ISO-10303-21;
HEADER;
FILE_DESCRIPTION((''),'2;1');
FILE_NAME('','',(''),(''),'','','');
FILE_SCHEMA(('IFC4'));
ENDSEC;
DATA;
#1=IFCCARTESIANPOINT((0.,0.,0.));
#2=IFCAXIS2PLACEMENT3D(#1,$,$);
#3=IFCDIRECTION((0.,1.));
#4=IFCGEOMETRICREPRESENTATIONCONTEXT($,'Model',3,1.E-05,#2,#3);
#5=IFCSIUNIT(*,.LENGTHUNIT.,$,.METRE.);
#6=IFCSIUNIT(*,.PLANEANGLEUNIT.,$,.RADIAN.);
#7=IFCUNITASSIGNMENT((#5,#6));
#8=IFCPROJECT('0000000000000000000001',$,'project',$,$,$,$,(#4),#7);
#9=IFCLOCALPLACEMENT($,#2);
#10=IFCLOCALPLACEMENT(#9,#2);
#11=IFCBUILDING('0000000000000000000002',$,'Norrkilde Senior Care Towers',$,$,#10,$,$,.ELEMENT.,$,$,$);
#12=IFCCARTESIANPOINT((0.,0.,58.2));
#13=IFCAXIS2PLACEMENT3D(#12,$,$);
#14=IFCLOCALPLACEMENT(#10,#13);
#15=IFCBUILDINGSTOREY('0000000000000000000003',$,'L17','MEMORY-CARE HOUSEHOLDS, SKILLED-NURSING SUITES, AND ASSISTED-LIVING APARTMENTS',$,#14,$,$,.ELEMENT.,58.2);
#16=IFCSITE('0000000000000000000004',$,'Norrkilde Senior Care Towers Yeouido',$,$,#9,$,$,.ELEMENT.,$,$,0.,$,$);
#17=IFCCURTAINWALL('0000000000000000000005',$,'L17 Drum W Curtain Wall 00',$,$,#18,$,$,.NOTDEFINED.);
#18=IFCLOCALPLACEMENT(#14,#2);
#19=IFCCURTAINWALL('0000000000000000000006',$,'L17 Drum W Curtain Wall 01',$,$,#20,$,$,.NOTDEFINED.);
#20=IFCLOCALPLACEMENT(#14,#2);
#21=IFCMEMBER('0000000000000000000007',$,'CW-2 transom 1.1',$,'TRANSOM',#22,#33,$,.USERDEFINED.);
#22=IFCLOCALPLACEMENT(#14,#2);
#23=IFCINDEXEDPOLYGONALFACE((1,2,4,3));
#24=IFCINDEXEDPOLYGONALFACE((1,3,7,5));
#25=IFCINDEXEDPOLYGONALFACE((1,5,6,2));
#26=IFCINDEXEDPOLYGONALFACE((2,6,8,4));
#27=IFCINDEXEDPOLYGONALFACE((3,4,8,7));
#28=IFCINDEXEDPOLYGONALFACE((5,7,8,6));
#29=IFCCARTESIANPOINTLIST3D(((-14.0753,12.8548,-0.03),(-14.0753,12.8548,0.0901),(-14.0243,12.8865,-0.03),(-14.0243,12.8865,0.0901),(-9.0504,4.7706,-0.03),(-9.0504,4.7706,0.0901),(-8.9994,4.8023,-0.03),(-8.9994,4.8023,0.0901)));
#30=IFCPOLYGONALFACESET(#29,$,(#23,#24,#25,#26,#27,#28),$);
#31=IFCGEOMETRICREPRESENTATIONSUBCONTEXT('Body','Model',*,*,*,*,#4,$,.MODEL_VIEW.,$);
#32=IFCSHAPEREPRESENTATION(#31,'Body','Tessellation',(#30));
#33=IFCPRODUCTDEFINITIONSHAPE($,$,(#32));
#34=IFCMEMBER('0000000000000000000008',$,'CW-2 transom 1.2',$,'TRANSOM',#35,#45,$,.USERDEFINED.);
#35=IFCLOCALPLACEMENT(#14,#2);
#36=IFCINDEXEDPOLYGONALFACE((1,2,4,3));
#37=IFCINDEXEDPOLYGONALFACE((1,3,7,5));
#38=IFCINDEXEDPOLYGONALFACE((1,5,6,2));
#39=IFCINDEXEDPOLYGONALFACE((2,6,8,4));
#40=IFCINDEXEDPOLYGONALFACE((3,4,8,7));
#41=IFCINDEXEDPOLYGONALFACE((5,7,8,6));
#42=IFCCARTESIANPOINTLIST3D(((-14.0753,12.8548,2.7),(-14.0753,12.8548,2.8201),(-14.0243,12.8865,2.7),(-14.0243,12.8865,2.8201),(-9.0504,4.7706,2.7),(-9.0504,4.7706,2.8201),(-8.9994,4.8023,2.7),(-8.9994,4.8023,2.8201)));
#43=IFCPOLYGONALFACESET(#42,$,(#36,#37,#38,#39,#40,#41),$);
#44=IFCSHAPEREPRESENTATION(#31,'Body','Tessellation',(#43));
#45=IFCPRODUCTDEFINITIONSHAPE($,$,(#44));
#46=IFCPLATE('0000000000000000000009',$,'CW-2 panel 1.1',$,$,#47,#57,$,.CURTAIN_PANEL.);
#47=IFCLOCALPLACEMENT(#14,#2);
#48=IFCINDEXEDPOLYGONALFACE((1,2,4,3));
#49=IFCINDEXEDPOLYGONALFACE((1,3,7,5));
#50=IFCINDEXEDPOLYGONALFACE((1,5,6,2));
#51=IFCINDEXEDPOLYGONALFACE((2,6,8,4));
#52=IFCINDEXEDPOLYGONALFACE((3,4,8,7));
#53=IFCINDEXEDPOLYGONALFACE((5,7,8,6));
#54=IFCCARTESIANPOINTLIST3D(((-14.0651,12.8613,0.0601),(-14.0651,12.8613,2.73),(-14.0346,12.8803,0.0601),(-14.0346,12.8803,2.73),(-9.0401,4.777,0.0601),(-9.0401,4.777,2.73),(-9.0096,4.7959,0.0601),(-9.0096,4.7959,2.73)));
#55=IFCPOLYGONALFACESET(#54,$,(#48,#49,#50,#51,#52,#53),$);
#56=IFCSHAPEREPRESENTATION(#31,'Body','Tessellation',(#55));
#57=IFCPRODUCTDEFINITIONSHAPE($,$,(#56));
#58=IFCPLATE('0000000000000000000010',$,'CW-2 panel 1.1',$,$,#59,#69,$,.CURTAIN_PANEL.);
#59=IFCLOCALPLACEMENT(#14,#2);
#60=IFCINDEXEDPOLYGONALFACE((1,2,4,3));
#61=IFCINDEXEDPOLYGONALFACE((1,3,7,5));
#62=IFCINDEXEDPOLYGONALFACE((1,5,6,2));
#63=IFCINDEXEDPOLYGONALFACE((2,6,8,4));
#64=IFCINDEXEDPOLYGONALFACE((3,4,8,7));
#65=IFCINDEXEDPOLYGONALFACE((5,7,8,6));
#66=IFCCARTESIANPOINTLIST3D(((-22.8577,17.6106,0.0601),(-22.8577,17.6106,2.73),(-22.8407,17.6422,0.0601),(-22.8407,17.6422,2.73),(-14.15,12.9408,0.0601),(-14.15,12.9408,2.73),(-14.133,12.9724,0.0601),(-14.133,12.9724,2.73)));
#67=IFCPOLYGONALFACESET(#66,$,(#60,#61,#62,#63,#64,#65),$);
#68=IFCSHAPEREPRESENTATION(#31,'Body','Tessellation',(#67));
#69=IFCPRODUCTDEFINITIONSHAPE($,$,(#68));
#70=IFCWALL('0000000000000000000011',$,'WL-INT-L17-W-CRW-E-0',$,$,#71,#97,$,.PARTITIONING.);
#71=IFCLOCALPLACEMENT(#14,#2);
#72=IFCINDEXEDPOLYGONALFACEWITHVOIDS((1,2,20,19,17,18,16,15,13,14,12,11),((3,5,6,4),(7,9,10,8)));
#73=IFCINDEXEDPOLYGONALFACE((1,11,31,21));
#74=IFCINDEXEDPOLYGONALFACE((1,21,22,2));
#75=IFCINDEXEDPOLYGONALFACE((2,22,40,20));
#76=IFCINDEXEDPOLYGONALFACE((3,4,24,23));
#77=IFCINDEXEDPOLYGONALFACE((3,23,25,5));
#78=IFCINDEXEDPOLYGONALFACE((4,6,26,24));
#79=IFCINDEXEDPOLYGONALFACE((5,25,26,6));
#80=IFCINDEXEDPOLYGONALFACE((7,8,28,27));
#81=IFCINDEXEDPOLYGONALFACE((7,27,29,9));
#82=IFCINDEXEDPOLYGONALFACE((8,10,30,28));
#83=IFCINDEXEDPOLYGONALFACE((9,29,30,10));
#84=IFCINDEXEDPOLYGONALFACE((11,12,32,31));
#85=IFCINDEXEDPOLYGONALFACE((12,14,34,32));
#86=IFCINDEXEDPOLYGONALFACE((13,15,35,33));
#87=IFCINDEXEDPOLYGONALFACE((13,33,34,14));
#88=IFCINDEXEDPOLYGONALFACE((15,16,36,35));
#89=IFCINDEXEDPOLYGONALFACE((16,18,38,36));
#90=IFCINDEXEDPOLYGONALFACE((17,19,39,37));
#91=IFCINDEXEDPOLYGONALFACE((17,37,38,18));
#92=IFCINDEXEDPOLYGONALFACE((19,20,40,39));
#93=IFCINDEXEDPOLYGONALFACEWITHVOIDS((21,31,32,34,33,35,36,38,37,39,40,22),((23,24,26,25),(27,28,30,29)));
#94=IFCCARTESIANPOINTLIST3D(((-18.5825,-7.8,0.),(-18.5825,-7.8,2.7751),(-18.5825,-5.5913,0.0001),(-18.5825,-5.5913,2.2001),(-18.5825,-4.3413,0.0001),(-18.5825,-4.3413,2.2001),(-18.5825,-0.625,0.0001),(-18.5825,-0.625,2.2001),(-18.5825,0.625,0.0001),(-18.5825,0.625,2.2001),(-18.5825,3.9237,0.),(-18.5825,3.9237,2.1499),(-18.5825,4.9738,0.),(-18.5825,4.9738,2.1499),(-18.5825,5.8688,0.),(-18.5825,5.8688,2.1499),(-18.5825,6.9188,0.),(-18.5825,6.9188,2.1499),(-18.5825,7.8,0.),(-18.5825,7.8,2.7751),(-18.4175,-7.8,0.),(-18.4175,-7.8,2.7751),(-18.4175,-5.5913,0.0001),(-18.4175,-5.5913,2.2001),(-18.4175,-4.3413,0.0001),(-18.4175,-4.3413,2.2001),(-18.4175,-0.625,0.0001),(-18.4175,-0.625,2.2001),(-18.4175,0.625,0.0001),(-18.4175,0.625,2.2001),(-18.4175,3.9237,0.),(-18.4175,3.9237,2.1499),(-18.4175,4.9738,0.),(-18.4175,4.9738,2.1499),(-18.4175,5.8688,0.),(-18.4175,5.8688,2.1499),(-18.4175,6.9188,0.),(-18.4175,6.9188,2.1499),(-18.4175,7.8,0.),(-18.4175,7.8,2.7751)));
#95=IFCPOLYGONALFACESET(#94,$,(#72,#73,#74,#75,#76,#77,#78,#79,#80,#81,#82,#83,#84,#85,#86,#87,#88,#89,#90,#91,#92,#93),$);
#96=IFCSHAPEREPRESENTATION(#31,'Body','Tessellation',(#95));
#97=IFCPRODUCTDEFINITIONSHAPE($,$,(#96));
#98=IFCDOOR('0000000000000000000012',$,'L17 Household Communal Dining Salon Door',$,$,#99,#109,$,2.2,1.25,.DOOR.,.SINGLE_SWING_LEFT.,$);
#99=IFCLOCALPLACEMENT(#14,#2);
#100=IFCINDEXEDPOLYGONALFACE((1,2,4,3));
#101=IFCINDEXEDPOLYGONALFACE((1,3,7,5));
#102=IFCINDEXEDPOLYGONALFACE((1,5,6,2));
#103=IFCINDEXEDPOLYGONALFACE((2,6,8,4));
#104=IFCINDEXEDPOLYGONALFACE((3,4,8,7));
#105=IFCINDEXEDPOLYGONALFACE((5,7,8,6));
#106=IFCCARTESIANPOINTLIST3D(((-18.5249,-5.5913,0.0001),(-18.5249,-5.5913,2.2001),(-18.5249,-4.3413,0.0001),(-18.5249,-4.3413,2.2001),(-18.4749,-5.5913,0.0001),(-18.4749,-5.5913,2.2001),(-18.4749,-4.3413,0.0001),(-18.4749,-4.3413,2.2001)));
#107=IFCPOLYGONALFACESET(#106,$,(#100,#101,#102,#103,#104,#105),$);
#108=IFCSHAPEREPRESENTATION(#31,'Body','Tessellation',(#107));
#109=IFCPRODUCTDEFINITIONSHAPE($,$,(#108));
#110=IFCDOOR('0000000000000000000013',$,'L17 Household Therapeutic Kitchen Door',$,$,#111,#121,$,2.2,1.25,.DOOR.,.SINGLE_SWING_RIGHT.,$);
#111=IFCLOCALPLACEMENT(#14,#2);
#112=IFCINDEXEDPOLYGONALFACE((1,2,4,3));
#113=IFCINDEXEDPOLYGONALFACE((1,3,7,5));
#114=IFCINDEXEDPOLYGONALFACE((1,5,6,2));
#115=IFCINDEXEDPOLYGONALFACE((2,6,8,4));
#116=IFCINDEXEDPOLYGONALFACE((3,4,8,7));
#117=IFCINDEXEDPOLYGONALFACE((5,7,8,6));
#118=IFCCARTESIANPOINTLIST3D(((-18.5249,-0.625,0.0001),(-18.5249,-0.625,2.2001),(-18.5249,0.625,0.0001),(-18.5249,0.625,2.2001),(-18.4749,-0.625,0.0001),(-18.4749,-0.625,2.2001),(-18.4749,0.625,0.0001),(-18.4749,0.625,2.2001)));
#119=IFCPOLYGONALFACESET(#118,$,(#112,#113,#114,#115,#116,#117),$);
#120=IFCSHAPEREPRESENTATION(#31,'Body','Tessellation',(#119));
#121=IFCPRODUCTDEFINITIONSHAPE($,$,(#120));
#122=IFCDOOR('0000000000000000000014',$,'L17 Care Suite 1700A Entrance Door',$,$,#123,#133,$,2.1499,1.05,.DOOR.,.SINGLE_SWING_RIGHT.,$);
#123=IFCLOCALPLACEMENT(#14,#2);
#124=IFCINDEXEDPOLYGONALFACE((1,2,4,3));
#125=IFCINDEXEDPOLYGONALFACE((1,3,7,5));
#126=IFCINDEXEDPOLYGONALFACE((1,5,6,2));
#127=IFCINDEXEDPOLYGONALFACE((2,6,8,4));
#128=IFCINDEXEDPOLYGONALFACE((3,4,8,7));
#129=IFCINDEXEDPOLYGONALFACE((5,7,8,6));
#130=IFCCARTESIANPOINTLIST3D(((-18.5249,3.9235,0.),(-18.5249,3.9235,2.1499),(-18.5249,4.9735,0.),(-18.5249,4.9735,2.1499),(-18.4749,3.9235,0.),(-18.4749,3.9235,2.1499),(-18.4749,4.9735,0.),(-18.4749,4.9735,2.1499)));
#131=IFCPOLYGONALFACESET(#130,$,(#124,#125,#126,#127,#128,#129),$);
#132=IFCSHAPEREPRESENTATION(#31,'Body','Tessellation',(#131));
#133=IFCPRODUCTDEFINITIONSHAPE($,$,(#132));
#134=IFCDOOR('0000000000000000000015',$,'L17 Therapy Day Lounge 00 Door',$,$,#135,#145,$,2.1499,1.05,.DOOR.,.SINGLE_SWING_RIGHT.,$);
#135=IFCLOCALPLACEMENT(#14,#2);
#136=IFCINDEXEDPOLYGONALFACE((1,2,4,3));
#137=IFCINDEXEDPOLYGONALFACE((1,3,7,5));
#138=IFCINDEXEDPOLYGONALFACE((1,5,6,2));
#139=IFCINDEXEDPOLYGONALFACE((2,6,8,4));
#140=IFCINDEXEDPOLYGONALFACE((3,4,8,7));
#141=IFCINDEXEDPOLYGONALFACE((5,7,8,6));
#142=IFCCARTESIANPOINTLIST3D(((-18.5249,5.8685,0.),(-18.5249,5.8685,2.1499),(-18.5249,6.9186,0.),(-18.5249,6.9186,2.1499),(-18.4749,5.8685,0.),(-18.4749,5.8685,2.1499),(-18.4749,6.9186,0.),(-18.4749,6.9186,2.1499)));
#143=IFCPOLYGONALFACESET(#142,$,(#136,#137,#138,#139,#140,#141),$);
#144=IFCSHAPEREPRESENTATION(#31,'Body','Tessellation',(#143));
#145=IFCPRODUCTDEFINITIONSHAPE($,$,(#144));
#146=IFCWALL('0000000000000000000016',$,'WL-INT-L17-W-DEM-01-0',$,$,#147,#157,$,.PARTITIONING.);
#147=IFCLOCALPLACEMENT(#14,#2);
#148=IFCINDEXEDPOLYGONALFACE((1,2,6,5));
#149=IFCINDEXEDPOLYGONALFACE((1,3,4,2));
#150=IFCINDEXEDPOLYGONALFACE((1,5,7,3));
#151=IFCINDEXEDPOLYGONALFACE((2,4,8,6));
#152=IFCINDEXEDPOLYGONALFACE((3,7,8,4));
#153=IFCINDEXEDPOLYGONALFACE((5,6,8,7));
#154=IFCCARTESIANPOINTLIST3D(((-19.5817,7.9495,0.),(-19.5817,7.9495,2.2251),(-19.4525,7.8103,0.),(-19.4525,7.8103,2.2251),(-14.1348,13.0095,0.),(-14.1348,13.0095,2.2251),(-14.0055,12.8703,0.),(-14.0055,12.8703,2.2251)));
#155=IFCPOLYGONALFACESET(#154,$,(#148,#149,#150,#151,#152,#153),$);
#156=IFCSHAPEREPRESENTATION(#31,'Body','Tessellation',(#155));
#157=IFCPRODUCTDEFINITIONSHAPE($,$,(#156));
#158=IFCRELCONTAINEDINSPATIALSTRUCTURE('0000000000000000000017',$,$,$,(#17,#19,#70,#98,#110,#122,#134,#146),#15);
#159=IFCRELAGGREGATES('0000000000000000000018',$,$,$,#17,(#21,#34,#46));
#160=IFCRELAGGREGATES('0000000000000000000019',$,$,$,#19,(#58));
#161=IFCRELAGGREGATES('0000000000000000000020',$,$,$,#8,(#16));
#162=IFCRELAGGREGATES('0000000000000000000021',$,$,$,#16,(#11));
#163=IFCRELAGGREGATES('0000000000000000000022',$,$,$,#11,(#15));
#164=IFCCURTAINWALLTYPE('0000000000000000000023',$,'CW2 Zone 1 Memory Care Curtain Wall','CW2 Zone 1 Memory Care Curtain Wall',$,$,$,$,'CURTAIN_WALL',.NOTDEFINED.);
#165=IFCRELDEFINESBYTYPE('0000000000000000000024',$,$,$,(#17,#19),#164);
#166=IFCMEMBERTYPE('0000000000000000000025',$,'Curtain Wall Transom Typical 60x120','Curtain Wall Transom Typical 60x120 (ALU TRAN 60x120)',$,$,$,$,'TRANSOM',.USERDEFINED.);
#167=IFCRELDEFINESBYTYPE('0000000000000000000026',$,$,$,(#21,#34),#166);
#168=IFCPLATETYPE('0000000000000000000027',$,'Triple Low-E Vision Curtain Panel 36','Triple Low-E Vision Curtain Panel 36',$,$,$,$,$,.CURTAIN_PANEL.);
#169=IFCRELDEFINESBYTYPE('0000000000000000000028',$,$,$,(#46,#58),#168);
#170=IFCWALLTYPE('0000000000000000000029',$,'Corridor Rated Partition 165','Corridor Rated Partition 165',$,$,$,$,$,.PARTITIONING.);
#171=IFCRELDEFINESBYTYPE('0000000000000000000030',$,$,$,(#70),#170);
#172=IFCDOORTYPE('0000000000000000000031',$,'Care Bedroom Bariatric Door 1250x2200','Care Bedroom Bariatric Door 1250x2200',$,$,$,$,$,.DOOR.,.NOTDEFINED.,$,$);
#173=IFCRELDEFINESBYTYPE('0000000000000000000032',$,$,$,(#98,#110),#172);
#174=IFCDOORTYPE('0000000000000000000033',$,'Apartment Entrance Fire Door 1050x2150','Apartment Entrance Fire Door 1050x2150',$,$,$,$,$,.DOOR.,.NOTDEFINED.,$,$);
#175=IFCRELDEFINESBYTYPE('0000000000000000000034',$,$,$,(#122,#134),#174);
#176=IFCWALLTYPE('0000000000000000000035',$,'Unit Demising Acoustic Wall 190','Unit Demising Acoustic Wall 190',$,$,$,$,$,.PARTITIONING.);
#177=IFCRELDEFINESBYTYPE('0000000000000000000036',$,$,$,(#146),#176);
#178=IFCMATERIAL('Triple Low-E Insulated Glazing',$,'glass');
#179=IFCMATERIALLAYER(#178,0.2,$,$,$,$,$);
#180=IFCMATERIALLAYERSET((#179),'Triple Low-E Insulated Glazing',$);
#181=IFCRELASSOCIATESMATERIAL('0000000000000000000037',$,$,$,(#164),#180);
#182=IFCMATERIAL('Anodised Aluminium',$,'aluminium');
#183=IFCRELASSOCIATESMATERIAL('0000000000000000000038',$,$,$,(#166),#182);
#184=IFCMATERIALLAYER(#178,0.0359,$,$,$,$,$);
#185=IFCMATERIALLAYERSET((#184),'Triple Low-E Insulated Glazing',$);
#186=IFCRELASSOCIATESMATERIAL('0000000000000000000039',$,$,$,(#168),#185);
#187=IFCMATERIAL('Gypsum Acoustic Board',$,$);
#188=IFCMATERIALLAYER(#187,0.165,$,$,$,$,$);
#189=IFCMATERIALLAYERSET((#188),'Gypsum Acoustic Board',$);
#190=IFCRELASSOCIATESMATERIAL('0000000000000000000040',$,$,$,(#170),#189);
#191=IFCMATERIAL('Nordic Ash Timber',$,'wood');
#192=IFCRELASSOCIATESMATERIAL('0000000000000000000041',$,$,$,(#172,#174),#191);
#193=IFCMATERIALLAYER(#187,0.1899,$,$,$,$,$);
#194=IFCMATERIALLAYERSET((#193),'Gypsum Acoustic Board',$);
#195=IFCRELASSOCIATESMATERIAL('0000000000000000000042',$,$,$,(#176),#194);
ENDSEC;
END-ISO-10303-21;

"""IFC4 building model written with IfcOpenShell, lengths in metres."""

from ifc_helpers import new_model, si_unit, direction, frame, frame_2d, origin, origin_2d, place, context, subcontext, project, spatial, rectangle, extrude, source, transform, mapped, material, layer, layer_set, material_profile, profile_set, type_object, type_shapes, element, fill, aggregate, save


model = new_model("IFC4")

# Units and contexts
model_context = context("Model", 3, precision=1e-05, world=origin(), true_north=direction((0.0, 1.0)))
body_context = subcontext(model_context, "Body", "Model", "MODEL_VIEW")
ifc_project = project(units=[si_unit("LENGTHUNIT", "METRE"), si_unit("PLANEANGLEUNIT", "RADIAN")], contexts=[model_context])

# Site, building, storey
site_placement = place(None, origin())
site = spatial("IfcSite", under=ifc_project, at=site_placement, Name="Norrkilde Senior Care Towers Yeouido", CompositionType="ELEMENT", RefElevation=0.0)
building_placement = place(site_placement, origin())
building = spatial("IfcBuilding", under=site, at=building_placement, Name="Norrkilde Senior Care Towers", CompositionType="ELEMENT")
storey_placement = place(building_placement, frame((0.0, 0.0, 58.2)))
storey = spatial("IfcBuildingStorey", under=building, at=storey_placement, Name="L17", Description="MEMORY-CARE HOUSEHOLDS, SKILLED-NURSING SUITES, AND ASSISTED-LIVING APARTMENTS", CompositionType="ELEMENT", Elevation=58.2)

# Curtain walls
ifc_material_1 = material(Name="Triple Low-E Insulated Glazing", Category="glass")
ifc_layer_1 = layer(ifc_material_1, 0.2)
ifc_layer_set_1 = layer_set([ifc_layer_1], Name="Triple Low-E Insulated Glazing")
curtain_wall_type = type_object("IfcCurtainWallType", Name="CW2 Zone 1 Memory Care Curtain Wall", Description="CW2 Zone 1 Memory Care Curtain Wall", ElementType="CURTAIN_WALL", PredefinedType="NOTDEFINED", material=ifc_layer_set_1)
curtain_wall_1_placement = place(storey_placement, origin())
curtain_wall_1 = element("IfcCurtainWall", 1, at=curtain_wall_1_placement, inside=storey, type_object=curtain_wall_type, Name="L17 Drum W Curtain Wall 00", PredefinedType="NOTDEFINED")
ifc_material_2 = material(Name="Anodised Aluminium", Category="aluminium")
curtain_wall_2_placement = place(storey_placement, origin())
curtain_wall_2 = element("IfcCurtainWall", 2, at=curtain_wall_2_placement, inside=storey, type_object=curtain_wall_type, Name="L17 Drum W Curtain Wall 01", PredefinedType="NOTDEFINED")

# Members
ifc_material_profile_1 = material_profile(ifc_material_2, rectangle(XDim=0.0601, YDim=0.1201, at=origin_2d()), Name="ALU TRAN 60x120")
ifc_profile_set_1 = profile_set([ifc_material_profile_1], Name="Anodised Aluminium")
member_type_1 = type_object("IfcMemberType", Name="Curtain Wall Transom Typical 60x120", Description="Curtain Wall Transom Typical 60x120 (ALU TRAN 60x120)", ElementType="TRANSOM", PredefinedType="USERDEFINED", material=ifc_profile_set_1)
shared_shape_1 = source(origin(), body_context, "Body", "SweptSolid", [
    extrude(rectangle(XDim=0.0601, YDim=0.1201, at=origin_2d()), origin(), (0.0, 0.0, 1.0), 9.5186),
])
type_shapes(member_type_1, [shared_shape_1])
member_1_placement = place(storey_placement, frame((-14.0498, 12.8706, 0.03), z_axis=(0.527902, -0.849306, 0.0), x_axis=(0.849306, 0.527902, 0.0)))
member_1 = element("IfcMember", 3, at=member_1_placement, type_object=member_type_1, Name="CW-2 transom 1.1", ObjectType="TRANSOM", PredefinedType="USERDEFINED", context=body_context, shape_type="MappedRepresentation", body=[
    mapped(shared_shape_1, transform((0.0, 0.0, 0.0), x_axis=(1.0, 0.0, 0.0), y_axis=(0.0, 1.0, 0.0), z_axis=(0.0, 0.0, 1.0), scale=1.0)),
])
member_2_placement = place(storey_placement, frame((-14.0498, 12.8706, 2.76), z_axis=(0.527902, -0.849306, 0.0), x_axis=(0.849306, 0.527902, 0.0)))
member_2 = element("IfcMember", 4, at=member_2_placement, type_object=member_type_1, Name="CW-2 transom 1.2", ObjectType="TRANSOM", PredefinedType="USERDEFINED", context=body_context, shape_type="MappedRepresentation", body=[
    mapped(shared_shape_1, transform((0.0, 0.0, 0.0), x_axis=(1.0, 0.0, 0.0), y_axis=(0.0, 1.0, 0.0), z_axis=(0.0, 0.0, 1.0), scale=1.0)),
])

# Plates
ifc_layer_2 = layer(ifc_material_1, 0.0359)
ifc_layer_set_2 = layer_set([ifc_layer_2], Name="Triple Low-E Insulated Glazing")
plate_type = type_object("IfcPlateType", Name="Triple Low-E Vision Curtain Panel 36", Description="Triple Low-E Vision Curtain Panel 36", PredefinedType="CURTAIN_PANEL", material=ifc_layer_set_2)
shared_shape_2 = source(origin(), body_context, "Body", "SweptSolid", [
    extrude(rectangle(XDim=9.5188, YDim=0.0359, at=origin_2d()), origin(), (0.0, 0.0, 1.0), 2.6699),
])
plate_1_placement = place(storey_placement, frame((-11.5374, 8.8286, 0.0601), z_axis=(0.0, 0.0, 1.0), x_axis=(0.527901, -0.849306, 0.0)))
plate_1 = element("IfcPlate", 5, at=plate_1_placement, type_object=plate_type, Name="CW-2 panel 1.1", PredefinedType="CURTAIN_PANEL", context=body_context, shape_type="MappedRepresentation", body=[
    mapped(shared_shape_2, transform((0.0, 0.0, 0.0), x_axis=(1.0, 0.0, 0.0), y_axis=(0.0, 1.0, 0.0), z_axis=(0.0, 0.0, 1.0), scale=1.0)),
])
aggregate(curtain_wall_1, [member_1, member_2, plate_1])
shared_shape_3 = source(origin(), body_context, "Body", "SweptSolid", [
    extrude(rectangle(XDim=9.8809, YDim=0.0359, at=origin_2d()), origin(), (0.0, 0.0, 1.0), 2.6699),
])
type_shapes(plate_type, [shared_shape_2, shared_shape_3])
plate_2_placement = place(storey_placement, frame((-18.4954, 15.2915, 0.0601), z_axis=(0.0, 0.0, 1.0), x_axis=(0.881273, -0.472608, 0.0)))
plate_2 = element("IfcPlate", 6, at=plate_2_placement, type_object=plate_type, Name="CW-2 panel 1.1", PredefinedType="CURTAIN_PANEL", context=body_context, shape_type="MappedRepresentation", body=[
    mapped(shared_shape_3, transform((0.0, 0.0, 0.0), x_axis=(1.0, 0.0, 0.0), y_axis=(0.0, 1.0, 0.0), z_axis=(0.0, 0.0, 1.0), scale=1.0)),
])
aggregate(curtain_wall_2, [plate_2])

# Wall, openings, doors
ifc_material_3 = material(Name="Gypsum Acoustic Board")
ifc_layer_3 = layer(ifc_material_3, 0.165)
ifc_layer_set_3 = layer_set([ifc_layer_3], Name="Gypsum Acoustic Board")
wall_type_1 = type_object("IfcWallType", Name="Corridor Rated Partition 165", Description="Corridor Rated Partition 165", PredefinedType="PARTITIONING", material=ifc_layer_set_3)
shared_shape_4 = source(origin(), body_context, "Body", "SweptSolid", [
    extrude(rectangle(XDim=15.6001, YDim=0.165, at=frame_2d((7.8, 0.0))), origin(), (0.0, 0.0, 1.0), 2.7751),
])
type_shapes(wall_type_1, [shared_shape_4])
wall_1_placement = place(storey_placement, frame((-18.5, 7.8, 0.0), z_axis=(0.0, 0.0, 1.0), x_axis=(0.0, -1.0, 0.0)))
wall_1 = element("IfcWall", 7, at=wall_1_placement, inside=storey, type_object=wall_type_1, Name="WL-INT-L17-W-CRW-E-0", PredefinedType="PARTITIONING", context=body_context, shape_type="MappedRepresentation", body=[
    mapped(shared_shape_4, transform((0.0, 0.0, 0.0), x_axis=(1.0, 0.0, 0.0), y_axis=(0.0, 1.0, 0.0), z_axis=(0.0, 0.0, 1.0), scale=1.0)),
])
opening_1_placement = place(wall_1_placement, frame((12.1414, 0.0, 0.0)))
opening_1 = element("IfcOpeningElement", 8, at=opening_1_placement, cuts=wall_1, PredefinedType="OPENING", context=body_context, shape_type="SweptSolid", body=[
    extrude(rectangle(XDim=1.25, YDim=2.2, at=frame_2d((0.625, 1.1001))), frame((0.0, 0.0925, 0.0), z_axis=(0.0, -1.0, 0.0), x_axis=(1.0, 0.0, 0.0)), (0.0, 0.0, 1.0), 0.1851),
])
opening_2_placement = place(wall_1_placement, frame((7.175, 0.0, 0.0)))
opening_2 = element("IfcOpeningElement", 9, at=opening_2_placement, cuts=wall_1, PredefinedType="OPENING", context=body_context, shape_type="SweptSolid", body=[
    extrude(rectangle(XDim=1.25, YDim=2.2, at=frame_2d((0.625, 1.1001))), frame((0.0, 0.0925, 0.0), z_axis=(0.0, -1.0, 0.0), x_axis=(1.0, 0.0, 0.0)), (0.0, 0.0, 1.0), 0.1851),
])
opening_3_placement = place(wall_1_placement, frame((2.8264, 0.0, 0.0)))
opening_3 = element("IfcOpeningElement", 10, at=opening_3_placement, cuts=wall_1, PredefinedType="OPENING", context=body_context, shape_type="SweptSolid", body=[
    extrude(rectangle(XDim=1.05, YDim=2.1499, at=frame_2d((0.5249, 1.075))), frame((0.0, 0.0925, 0.0), z_axis=(0.0, -1.0, 0.0), x_axis=(1.0, 0.0, 0.0)), (0.0, 0.0, 1.0), 0.1851),
])
opening_4_placement = place(wall_1_placement, frame((0.8813, 0.0, 0.0)))
opening_4 = element("IfcOpeningElement", 11, at=opening_4_placement, cuts=wall_1, PredefinedType="OPENING", context=body_context, shape_type="SweptSolid", body=[
    extrude(rectangle(XDim=1.05, YDim=2.1499, at=frame_2d((0.5249, 1.075))), frame((0.0, 0.0925, 0.0), z_axis=(0.0, -1.0, 0.0), x_axis=(1.0, 0.0, 0.0)), (0.0, 0.0, 1.0), 0.1851),
])
ifc_material_4 = material(Name="Nordic Ash Timber", Category="wood")
door_type_1 = type_object("IfcDoorType", Name="Care Bedroom Bariatric Door 1250x2200", Description="Care Bedroom Bariatric Door 1250x2200", OperationType="NOTDEFINED", PredefinedType="DOOR", material=ifc_material_4)
shared_shape_5 = source(origin(), body_context, "Body", "SweptSolid", [
    extrude(rectangle(XDim=1.25, YDim=2.2, at=frame_2d((0.625, 1.1001))), frame((0.0, 0.0249, 0.0), z_axis=(0.0, -1.0, 0.0), x_axis=(1.0, 0.0, 0.0)), (0.0, 0.0, 1.0), 0.05),
])
type_shapes(door_type_1, [shared_shape_5])
door_1_placement = place(opening_1_placement, frame((1.25, 0.0, 0.0), z_axis=(0.0, 0.0, 1.0), x_axis=(-1.0, 0.0, 0.0)))
door_1 = element("IfcDoor", 12, at=door_1_placement, inside=storey, type_object=door_type_1, Name="L17 Household Communal Dining Salon Door", OperationType="SINGLE_SWING_LEFT", OverallHeight=2.2, OverallWidth=1.25, PredefinedType="DOOR", context=body_context, shape_type="MappedRepresentation", body=[
    mapped(shared_shape_5, transform((0.0, 0.0, 0.0), x_axis=(1.0, 0.0, 0.0), y_axis=(0.0, 1.0, 0.0), z_axis=(0.0, 0.0, 1.0), scale=1.0)),
])
fill(opening_1, door_1)
door_2_placement = place(opening_2_placement, frame((1.25, 0.0, 0.0), z_axis=(0.0, 0.0, 1.0), x_axis=(-1.0, 0.0, 0.0)))
door_2 = element("IfcDoor", 13, at=door_2_placement, inside=storey, type_object=door_type_1, Name="L17 Household Therapeutic Kitchen Door", OperationType="SINGLE_SWING_RIGHT", OverallHeight=2.2, OverallWidth=1.25, PredefinedType="DOOR", context=body_context, shape_type="MappedRepresentation", body=[
    mapped(shared_shape_5, transform((0.0, 0.0, 0.0), x_axis=(1.0, 0.0, 0.0), y_axis=(0.0, 1.0, 0.0), z_axis=(0.0, 0.0, 1.0), scale=1.0)),
])
fill(opening_2, door_2)
door_type_2 = type_object("IfcDoorType", Name="Apartment Entrance Fire Door 1050x2150", Description="Apartment Entrance Fire Door 1050x2150", OperationType="NOTDEFINED", PredefinedType="DOOR", material=ifc_material_4)
shared_shape_6 = source(origin(), body_context, "Body", "SweptSolid", [
    extrude(rectangle(XDim=1.05, YDim=2.1499, at=frame_2d((0.5249, 1.075))), frame((0.0, 0.0249, 0.0), z_axis=(0.0, -1.0, 0.0), x_axis=(1.0, 0.0, 0.0)), (0.0, 0.0, 1.0), 0.05),
])
type_shapes(door_type_2, [shared_shape_6])
door_3_placement = place(opening_3_placement, frame((1.05, 0.0, 0.0), z_axis=(0.0, 0.0, 1.0), x_axis=(-1.0, 0.0, 0.0)))
door_3 = element("IfcDoor", 14, at=door_3_placement, inside=storey, type_object=door_type_2, Name="L17 Care Suite 1700A Entrance Door", OperationType="SINGLE_SWING_RIGHT", OverallHeight=2.1499, OverallWidth=1.05, PredefinedType="DOOR", context=body_context, shape_type="MappedRepresentation", body=[
    mapped(shared_shape_6, transform((0.0, 0.0, 0.0), x_axis=(1.0, 0.0, 0.0), y_axis=(0.0, 1.0, 0.0), z_axis=(0.0, 0.0, 1.0), scale=1.0)),
])
fill(opening_3, door_3)
door_4_placement = place(opening_4_placement, frame((1.05, 0.0, 0.0), z_axis=(0.0, 0.0, 1.0), x_axis=(-1.0, 0.0, 0.0)))
door_4 = element("IfcDoor", 15, at=door_4_placement, inside=storey, type_object=door_type_2, Name="L17 Therapy Day Lounge 00 Door", OperationType="SINGLE_SWING_RIGHT", OverallHeight=2.1499, OverallWidth=1.05, PredefinedType="DOOR", context=body_context, shape_type="MappedRepresentation", body=[
    mapped(shared_shape_6, transform((0.0, 0.0, 0.0), x_axis=(1.0, 0.0, 0.0), y_axis=(0.0, 1.0, 0.0), z_axis=(0.0, 0.0, 1.0), scale=1.0)),
])
fill(opening_4, door_4)

# Wall
ifc_layer_4 = layer(ifc_material_3, 0.1899)
ifc_layer_set_4 = layer_set([ifc_layer_4], Name="Gypsum Acoustic Board")
wall_type_2 = type_object("IfcWallType", Name="Unit Demising Acoustic Wall 190", Description="Unit Demising Acoustic Wall 190", PredefinedType="PARTITIONING", material=ifc_layer_set_4)
shared_shape_7 = source(origin(), body_context, "Body", "SweptSolid", [
    extrude(rectangle(XDim=7.4346, YDim=0.1899, at=frame_2d((3.7173, 0.0))), origin(), (0.0, 0.0, 1.0), 2.2251),
])
type_shapes(wall_type_2, [shared_shape_7])
wall_2_placement = place(storey_placement, frame((-19.5171, 7.8799, 0.0), z_axis=(0.0, 0.0, 1.0), x_axis=(0.732652, 0.680603, 0.0)))
element("IfcWall", 16, at=wall_2_placement, inside=storey, type_object=wall_type_2, Name="WL-INT-L17-W-DEM-01-0", PredefinedType="PARTITIONING", context=body_context, shape_type="MappedRepresentation", body=[
    mapped(shared_shape_7, transform((0.0, 0.0, 0.0), x_axis=(1.0, 0.0, 0.0), y_axis=(0.0, 1.0, 0.0), z_axis=(0.0, 0.0, 1.0), scale=1.0)),
])

save(model, "model.ifc")
